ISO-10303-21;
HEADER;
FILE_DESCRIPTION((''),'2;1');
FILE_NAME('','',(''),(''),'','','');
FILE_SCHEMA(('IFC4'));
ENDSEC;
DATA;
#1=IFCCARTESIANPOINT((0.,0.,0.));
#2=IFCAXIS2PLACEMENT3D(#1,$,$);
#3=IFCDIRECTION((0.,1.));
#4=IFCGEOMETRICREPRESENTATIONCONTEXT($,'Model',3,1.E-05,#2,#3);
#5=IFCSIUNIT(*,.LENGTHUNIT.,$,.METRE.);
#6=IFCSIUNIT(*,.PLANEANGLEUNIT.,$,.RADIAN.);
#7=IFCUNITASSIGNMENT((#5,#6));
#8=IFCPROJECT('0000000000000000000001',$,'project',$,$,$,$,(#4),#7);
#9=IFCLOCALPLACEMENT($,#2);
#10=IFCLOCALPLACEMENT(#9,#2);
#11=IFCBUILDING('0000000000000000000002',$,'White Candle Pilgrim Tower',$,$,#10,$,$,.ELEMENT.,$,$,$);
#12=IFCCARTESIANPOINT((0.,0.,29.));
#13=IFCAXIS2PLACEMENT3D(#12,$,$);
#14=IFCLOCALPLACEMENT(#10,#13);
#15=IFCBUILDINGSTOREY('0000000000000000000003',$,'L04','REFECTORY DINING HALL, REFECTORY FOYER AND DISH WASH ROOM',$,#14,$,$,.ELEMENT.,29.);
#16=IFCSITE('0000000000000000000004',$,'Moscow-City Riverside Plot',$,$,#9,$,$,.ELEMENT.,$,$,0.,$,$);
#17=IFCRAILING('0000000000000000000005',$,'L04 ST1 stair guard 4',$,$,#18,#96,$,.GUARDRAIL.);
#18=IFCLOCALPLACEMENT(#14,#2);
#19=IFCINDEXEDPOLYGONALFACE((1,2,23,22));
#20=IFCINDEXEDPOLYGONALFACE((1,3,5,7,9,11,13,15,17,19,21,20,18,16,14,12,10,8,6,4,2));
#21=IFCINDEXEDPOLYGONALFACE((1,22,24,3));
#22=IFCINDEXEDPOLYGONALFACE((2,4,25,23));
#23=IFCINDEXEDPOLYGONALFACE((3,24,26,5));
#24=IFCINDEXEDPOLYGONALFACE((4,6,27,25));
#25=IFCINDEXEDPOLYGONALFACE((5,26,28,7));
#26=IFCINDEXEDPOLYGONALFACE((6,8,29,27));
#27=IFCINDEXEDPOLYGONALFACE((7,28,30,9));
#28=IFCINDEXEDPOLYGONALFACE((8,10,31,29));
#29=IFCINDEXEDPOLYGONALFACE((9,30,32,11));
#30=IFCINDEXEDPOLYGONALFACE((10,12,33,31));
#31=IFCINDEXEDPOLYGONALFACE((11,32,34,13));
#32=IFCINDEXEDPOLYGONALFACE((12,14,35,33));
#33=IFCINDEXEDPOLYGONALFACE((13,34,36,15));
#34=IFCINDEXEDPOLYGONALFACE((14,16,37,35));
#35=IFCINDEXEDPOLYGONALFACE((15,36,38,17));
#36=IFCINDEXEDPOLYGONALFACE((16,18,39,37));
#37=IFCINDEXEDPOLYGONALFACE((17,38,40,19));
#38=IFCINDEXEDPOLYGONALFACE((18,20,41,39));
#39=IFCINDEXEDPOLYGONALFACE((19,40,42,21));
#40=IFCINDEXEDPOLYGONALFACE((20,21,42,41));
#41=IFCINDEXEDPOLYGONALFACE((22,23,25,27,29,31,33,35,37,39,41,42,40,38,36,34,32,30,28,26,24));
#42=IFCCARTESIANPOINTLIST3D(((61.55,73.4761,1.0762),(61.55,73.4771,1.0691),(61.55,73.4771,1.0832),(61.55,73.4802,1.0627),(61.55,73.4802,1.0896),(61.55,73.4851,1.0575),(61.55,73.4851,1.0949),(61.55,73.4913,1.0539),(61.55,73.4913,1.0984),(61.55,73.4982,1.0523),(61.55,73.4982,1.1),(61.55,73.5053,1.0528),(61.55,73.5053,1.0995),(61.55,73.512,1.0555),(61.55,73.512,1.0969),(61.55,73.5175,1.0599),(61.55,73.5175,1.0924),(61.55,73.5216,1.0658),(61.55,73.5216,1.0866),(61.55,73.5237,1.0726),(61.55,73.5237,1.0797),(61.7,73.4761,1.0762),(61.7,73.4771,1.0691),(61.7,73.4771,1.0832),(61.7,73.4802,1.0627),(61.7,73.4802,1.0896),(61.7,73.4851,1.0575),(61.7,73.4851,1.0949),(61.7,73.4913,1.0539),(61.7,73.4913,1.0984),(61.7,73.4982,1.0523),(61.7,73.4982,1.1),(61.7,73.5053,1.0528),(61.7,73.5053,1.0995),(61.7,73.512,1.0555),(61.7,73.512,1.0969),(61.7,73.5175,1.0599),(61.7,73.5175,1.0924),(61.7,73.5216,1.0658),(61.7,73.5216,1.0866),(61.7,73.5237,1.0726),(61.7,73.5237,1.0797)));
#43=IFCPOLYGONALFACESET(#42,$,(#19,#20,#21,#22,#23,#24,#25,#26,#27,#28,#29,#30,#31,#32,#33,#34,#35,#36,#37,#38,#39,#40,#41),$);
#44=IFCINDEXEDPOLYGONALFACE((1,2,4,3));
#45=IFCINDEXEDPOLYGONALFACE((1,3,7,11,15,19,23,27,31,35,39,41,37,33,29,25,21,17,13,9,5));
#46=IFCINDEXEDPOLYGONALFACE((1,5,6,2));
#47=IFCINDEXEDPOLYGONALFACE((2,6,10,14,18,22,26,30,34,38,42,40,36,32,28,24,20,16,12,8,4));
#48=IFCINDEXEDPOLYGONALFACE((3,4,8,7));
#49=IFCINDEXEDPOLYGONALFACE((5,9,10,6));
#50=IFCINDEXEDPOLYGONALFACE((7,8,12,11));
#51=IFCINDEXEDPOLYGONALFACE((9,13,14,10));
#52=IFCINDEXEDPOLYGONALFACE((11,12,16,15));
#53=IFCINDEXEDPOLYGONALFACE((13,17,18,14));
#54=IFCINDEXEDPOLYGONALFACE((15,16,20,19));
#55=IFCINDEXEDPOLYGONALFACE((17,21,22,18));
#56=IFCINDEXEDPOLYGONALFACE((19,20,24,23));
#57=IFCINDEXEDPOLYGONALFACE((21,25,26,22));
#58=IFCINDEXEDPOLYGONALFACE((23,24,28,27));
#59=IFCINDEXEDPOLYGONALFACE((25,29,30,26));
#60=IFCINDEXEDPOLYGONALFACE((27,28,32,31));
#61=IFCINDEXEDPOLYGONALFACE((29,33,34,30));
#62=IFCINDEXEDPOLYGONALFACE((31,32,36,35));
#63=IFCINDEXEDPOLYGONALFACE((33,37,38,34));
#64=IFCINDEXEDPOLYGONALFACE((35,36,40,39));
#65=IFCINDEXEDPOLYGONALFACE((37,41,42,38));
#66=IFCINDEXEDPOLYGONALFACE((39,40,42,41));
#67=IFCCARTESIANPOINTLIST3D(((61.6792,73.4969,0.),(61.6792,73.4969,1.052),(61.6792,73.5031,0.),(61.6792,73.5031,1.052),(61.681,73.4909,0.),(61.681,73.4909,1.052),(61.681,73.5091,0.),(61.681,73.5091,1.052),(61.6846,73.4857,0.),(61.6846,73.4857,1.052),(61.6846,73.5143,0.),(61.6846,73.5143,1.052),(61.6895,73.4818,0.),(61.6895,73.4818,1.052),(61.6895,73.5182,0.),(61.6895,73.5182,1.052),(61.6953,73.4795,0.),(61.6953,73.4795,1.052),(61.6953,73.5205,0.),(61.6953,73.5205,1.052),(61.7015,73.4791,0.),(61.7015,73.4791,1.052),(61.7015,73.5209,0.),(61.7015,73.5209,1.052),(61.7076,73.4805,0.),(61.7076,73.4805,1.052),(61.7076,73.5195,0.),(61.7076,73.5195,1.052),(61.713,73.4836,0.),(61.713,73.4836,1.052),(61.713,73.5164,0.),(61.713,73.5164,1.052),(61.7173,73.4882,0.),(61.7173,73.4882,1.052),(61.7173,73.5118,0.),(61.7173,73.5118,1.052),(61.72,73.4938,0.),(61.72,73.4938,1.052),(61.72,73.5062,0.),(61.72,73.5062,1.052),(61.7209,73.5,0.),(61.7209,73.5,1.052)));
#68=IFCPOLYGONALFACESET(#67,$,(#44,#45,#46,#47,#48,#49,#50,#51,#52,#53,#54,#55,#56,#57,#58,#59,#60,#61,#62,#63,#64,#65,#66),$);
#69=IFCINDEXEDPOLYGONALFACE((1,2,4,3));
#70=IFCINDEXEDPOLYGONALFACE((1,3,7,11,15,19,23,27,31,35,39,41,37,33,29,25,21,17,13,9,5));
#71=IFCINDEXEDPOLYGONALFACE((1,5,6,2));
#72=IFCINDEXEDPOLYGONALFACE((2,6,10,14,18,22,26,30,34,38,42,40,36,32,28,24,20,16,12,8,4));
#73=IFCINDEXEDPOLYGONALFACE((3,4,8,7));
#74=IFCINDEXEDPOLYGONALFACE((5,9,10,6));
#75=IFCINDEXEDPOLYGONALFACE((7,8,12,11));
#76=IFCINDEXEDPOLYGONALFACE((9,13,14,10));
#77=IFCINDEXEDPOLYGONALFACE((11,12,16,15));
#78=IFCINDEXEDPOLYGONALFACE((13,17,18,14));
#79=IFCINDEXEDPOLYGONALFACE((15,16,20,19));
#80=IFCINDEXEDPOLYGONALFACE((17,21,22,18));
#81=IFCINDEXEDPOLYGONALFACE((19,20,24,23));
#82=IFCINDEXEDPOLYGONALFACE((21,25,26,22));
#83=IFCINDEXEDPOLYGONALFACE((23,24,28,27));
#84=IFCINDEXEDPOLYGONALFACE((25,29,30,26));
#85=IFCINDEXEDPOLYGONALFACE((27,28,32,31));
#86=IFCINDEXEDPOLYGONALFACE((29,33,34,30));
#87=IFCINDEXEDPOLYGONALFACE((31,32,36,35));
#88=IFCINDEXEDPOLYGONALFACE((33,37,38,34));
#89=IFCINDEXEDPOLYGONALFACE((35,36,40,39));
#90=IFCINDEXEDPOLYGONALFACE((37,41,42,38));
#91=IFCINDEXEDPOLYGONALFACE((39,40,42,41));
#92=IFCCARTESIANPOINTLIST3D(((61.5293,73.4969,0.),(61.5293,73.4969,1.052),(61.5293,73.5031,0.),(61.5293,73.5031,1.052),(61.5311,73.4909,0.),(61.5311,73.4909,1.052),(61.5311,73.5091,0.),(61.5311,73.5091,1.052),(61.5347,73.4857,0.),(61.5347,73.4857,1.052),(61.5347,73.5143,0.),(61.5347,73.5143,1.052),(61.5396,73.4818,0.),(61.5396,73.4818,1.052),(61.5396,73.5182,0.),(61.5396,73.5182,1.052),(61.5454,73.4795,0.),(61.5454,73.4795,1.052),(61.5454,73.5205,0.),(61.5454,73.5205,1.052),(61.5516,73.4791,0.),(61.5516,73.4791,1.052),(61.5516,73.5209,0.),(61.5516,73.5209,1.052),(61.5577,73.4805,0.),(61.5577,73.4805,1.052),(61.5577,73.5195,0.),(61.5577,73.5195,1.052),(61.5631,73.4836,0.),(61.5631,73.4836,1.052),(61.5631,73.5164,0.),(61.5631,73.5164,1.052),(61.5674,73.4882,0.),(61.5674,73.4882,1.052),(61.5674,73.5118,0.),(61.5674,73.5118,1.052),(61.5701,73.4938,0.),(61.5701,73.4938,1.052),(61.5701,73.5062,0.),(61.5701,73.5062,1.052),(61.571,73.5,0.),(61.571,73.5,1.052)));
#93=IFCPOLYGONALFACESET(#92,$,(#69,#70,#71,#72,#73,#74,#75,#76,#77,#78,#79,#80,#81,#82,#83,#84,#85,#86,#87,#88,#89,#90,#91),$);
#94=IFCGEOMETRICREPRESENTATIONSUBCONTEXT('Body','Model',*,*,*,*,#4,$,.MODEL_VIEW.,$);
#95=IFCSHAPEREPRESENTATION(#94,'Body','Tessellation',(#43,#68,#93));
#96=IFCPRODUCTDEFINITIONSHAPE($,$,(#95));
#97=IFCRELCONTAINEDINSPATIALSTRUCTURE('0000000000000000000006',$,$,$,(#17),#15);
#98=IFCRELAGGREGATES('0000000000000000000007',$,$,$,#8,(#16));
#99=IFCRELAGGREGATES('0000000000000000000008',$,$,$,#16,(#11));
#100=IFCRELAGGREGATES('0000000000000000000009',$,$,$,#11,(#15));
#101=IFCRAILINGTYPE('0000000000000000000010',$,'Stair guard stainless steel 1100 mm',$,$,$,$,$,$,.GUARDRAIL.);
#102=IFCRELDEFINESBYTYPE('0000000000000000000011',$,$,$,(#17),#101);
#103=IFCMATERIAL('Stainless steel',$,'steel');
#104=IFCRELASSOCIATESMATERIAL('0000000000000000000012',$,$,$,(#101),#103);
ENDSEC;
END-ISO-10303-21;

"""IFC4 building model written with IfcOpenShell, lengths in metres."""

from ifc_helpers import new_model, si_unit, direction, frame, origin, origin_2d, place, context, subcontext, project, spatial, circle, extrude, material, type_object, element, save


model = new_model("IFC4")

# Units and contexts
model_context = context("Model", 3, precision=1e-05, world=origin(), true_north=direction((0.0, 1.0)))
body_context = subcontext(model_context, "Body", "Model", "MODEL_VIEW")
ifc_project = project(units=[si_unit("LENGTHUNIT", "METRE"), si_unit("PLANEANGLEUNIT", "RADIAN")], contexts=[model_context])

# Site, building, storey
site_placement = place(None, origin())
site = spatial("IfcSite", under=ifc_project, at=site_placement, Name="Moscow-City Riverside Plot", CompositionType="ELEMENT", RefElevation=0.0)
building_placement = place(site_placement, origin())
building = spatial("IfcBuilding", under=site, at=building_placement, Name="White Candle Pilgrim Tower", CompositionType="ELEMENT")
storey_placement = place(building_placement, frame((0.0, 0.0, 29.0)))
storey = spatial("IfcBuildingStorey", under=building, at=storey_placement, Name="L04", Description="REFECTORY DINING HALL, REFECTORY FOYER AND DISH WASH ROOM", CompositionType="ELEMENT", Elevation=29.0)

# Railing
ifc_material_1 = material(Name="Stainless steel", Category="steel")
railing_type_1 = type_object("IfcRailingType", Name="Stair guard stainless steel 1100 mm", PredefinedType="GUARDRAIL", material=ifc_material_1)
railing_1_placement = place(storey_placement, frame((61.7, 73.5, 0.0)))
element("IfcRailing", 1, at=railing_1_placement, inside=storey, type_object=railing_type_1, Name="L04 ST1 stair guard 4", PredefinedType="GUARDRAIL", context=body_context, shape_type="SweptSolid", body=[
    extrude(circle(Radius=0.0239, at=origin_2d()), frame((0.0, 0.0, 1.0762), z_axis=(-1.0, 0.0, 0.0), x_axis=(0.0, -1.0, 0.0)), (0.0, 0.0, 1.0), 0.1499),
    extrude(circle(Radius=0.021, at=origin_2d()), origin(), (0.0, 0.0, 1.0), 1.052),
    extrude(circle(Radius=0.021, at=origin_2d()), frame((-0.1499, 0.0, 0.0)), (0.0, 0.0, 1.0), 1.052),
])

save(model, "model.ifc")
